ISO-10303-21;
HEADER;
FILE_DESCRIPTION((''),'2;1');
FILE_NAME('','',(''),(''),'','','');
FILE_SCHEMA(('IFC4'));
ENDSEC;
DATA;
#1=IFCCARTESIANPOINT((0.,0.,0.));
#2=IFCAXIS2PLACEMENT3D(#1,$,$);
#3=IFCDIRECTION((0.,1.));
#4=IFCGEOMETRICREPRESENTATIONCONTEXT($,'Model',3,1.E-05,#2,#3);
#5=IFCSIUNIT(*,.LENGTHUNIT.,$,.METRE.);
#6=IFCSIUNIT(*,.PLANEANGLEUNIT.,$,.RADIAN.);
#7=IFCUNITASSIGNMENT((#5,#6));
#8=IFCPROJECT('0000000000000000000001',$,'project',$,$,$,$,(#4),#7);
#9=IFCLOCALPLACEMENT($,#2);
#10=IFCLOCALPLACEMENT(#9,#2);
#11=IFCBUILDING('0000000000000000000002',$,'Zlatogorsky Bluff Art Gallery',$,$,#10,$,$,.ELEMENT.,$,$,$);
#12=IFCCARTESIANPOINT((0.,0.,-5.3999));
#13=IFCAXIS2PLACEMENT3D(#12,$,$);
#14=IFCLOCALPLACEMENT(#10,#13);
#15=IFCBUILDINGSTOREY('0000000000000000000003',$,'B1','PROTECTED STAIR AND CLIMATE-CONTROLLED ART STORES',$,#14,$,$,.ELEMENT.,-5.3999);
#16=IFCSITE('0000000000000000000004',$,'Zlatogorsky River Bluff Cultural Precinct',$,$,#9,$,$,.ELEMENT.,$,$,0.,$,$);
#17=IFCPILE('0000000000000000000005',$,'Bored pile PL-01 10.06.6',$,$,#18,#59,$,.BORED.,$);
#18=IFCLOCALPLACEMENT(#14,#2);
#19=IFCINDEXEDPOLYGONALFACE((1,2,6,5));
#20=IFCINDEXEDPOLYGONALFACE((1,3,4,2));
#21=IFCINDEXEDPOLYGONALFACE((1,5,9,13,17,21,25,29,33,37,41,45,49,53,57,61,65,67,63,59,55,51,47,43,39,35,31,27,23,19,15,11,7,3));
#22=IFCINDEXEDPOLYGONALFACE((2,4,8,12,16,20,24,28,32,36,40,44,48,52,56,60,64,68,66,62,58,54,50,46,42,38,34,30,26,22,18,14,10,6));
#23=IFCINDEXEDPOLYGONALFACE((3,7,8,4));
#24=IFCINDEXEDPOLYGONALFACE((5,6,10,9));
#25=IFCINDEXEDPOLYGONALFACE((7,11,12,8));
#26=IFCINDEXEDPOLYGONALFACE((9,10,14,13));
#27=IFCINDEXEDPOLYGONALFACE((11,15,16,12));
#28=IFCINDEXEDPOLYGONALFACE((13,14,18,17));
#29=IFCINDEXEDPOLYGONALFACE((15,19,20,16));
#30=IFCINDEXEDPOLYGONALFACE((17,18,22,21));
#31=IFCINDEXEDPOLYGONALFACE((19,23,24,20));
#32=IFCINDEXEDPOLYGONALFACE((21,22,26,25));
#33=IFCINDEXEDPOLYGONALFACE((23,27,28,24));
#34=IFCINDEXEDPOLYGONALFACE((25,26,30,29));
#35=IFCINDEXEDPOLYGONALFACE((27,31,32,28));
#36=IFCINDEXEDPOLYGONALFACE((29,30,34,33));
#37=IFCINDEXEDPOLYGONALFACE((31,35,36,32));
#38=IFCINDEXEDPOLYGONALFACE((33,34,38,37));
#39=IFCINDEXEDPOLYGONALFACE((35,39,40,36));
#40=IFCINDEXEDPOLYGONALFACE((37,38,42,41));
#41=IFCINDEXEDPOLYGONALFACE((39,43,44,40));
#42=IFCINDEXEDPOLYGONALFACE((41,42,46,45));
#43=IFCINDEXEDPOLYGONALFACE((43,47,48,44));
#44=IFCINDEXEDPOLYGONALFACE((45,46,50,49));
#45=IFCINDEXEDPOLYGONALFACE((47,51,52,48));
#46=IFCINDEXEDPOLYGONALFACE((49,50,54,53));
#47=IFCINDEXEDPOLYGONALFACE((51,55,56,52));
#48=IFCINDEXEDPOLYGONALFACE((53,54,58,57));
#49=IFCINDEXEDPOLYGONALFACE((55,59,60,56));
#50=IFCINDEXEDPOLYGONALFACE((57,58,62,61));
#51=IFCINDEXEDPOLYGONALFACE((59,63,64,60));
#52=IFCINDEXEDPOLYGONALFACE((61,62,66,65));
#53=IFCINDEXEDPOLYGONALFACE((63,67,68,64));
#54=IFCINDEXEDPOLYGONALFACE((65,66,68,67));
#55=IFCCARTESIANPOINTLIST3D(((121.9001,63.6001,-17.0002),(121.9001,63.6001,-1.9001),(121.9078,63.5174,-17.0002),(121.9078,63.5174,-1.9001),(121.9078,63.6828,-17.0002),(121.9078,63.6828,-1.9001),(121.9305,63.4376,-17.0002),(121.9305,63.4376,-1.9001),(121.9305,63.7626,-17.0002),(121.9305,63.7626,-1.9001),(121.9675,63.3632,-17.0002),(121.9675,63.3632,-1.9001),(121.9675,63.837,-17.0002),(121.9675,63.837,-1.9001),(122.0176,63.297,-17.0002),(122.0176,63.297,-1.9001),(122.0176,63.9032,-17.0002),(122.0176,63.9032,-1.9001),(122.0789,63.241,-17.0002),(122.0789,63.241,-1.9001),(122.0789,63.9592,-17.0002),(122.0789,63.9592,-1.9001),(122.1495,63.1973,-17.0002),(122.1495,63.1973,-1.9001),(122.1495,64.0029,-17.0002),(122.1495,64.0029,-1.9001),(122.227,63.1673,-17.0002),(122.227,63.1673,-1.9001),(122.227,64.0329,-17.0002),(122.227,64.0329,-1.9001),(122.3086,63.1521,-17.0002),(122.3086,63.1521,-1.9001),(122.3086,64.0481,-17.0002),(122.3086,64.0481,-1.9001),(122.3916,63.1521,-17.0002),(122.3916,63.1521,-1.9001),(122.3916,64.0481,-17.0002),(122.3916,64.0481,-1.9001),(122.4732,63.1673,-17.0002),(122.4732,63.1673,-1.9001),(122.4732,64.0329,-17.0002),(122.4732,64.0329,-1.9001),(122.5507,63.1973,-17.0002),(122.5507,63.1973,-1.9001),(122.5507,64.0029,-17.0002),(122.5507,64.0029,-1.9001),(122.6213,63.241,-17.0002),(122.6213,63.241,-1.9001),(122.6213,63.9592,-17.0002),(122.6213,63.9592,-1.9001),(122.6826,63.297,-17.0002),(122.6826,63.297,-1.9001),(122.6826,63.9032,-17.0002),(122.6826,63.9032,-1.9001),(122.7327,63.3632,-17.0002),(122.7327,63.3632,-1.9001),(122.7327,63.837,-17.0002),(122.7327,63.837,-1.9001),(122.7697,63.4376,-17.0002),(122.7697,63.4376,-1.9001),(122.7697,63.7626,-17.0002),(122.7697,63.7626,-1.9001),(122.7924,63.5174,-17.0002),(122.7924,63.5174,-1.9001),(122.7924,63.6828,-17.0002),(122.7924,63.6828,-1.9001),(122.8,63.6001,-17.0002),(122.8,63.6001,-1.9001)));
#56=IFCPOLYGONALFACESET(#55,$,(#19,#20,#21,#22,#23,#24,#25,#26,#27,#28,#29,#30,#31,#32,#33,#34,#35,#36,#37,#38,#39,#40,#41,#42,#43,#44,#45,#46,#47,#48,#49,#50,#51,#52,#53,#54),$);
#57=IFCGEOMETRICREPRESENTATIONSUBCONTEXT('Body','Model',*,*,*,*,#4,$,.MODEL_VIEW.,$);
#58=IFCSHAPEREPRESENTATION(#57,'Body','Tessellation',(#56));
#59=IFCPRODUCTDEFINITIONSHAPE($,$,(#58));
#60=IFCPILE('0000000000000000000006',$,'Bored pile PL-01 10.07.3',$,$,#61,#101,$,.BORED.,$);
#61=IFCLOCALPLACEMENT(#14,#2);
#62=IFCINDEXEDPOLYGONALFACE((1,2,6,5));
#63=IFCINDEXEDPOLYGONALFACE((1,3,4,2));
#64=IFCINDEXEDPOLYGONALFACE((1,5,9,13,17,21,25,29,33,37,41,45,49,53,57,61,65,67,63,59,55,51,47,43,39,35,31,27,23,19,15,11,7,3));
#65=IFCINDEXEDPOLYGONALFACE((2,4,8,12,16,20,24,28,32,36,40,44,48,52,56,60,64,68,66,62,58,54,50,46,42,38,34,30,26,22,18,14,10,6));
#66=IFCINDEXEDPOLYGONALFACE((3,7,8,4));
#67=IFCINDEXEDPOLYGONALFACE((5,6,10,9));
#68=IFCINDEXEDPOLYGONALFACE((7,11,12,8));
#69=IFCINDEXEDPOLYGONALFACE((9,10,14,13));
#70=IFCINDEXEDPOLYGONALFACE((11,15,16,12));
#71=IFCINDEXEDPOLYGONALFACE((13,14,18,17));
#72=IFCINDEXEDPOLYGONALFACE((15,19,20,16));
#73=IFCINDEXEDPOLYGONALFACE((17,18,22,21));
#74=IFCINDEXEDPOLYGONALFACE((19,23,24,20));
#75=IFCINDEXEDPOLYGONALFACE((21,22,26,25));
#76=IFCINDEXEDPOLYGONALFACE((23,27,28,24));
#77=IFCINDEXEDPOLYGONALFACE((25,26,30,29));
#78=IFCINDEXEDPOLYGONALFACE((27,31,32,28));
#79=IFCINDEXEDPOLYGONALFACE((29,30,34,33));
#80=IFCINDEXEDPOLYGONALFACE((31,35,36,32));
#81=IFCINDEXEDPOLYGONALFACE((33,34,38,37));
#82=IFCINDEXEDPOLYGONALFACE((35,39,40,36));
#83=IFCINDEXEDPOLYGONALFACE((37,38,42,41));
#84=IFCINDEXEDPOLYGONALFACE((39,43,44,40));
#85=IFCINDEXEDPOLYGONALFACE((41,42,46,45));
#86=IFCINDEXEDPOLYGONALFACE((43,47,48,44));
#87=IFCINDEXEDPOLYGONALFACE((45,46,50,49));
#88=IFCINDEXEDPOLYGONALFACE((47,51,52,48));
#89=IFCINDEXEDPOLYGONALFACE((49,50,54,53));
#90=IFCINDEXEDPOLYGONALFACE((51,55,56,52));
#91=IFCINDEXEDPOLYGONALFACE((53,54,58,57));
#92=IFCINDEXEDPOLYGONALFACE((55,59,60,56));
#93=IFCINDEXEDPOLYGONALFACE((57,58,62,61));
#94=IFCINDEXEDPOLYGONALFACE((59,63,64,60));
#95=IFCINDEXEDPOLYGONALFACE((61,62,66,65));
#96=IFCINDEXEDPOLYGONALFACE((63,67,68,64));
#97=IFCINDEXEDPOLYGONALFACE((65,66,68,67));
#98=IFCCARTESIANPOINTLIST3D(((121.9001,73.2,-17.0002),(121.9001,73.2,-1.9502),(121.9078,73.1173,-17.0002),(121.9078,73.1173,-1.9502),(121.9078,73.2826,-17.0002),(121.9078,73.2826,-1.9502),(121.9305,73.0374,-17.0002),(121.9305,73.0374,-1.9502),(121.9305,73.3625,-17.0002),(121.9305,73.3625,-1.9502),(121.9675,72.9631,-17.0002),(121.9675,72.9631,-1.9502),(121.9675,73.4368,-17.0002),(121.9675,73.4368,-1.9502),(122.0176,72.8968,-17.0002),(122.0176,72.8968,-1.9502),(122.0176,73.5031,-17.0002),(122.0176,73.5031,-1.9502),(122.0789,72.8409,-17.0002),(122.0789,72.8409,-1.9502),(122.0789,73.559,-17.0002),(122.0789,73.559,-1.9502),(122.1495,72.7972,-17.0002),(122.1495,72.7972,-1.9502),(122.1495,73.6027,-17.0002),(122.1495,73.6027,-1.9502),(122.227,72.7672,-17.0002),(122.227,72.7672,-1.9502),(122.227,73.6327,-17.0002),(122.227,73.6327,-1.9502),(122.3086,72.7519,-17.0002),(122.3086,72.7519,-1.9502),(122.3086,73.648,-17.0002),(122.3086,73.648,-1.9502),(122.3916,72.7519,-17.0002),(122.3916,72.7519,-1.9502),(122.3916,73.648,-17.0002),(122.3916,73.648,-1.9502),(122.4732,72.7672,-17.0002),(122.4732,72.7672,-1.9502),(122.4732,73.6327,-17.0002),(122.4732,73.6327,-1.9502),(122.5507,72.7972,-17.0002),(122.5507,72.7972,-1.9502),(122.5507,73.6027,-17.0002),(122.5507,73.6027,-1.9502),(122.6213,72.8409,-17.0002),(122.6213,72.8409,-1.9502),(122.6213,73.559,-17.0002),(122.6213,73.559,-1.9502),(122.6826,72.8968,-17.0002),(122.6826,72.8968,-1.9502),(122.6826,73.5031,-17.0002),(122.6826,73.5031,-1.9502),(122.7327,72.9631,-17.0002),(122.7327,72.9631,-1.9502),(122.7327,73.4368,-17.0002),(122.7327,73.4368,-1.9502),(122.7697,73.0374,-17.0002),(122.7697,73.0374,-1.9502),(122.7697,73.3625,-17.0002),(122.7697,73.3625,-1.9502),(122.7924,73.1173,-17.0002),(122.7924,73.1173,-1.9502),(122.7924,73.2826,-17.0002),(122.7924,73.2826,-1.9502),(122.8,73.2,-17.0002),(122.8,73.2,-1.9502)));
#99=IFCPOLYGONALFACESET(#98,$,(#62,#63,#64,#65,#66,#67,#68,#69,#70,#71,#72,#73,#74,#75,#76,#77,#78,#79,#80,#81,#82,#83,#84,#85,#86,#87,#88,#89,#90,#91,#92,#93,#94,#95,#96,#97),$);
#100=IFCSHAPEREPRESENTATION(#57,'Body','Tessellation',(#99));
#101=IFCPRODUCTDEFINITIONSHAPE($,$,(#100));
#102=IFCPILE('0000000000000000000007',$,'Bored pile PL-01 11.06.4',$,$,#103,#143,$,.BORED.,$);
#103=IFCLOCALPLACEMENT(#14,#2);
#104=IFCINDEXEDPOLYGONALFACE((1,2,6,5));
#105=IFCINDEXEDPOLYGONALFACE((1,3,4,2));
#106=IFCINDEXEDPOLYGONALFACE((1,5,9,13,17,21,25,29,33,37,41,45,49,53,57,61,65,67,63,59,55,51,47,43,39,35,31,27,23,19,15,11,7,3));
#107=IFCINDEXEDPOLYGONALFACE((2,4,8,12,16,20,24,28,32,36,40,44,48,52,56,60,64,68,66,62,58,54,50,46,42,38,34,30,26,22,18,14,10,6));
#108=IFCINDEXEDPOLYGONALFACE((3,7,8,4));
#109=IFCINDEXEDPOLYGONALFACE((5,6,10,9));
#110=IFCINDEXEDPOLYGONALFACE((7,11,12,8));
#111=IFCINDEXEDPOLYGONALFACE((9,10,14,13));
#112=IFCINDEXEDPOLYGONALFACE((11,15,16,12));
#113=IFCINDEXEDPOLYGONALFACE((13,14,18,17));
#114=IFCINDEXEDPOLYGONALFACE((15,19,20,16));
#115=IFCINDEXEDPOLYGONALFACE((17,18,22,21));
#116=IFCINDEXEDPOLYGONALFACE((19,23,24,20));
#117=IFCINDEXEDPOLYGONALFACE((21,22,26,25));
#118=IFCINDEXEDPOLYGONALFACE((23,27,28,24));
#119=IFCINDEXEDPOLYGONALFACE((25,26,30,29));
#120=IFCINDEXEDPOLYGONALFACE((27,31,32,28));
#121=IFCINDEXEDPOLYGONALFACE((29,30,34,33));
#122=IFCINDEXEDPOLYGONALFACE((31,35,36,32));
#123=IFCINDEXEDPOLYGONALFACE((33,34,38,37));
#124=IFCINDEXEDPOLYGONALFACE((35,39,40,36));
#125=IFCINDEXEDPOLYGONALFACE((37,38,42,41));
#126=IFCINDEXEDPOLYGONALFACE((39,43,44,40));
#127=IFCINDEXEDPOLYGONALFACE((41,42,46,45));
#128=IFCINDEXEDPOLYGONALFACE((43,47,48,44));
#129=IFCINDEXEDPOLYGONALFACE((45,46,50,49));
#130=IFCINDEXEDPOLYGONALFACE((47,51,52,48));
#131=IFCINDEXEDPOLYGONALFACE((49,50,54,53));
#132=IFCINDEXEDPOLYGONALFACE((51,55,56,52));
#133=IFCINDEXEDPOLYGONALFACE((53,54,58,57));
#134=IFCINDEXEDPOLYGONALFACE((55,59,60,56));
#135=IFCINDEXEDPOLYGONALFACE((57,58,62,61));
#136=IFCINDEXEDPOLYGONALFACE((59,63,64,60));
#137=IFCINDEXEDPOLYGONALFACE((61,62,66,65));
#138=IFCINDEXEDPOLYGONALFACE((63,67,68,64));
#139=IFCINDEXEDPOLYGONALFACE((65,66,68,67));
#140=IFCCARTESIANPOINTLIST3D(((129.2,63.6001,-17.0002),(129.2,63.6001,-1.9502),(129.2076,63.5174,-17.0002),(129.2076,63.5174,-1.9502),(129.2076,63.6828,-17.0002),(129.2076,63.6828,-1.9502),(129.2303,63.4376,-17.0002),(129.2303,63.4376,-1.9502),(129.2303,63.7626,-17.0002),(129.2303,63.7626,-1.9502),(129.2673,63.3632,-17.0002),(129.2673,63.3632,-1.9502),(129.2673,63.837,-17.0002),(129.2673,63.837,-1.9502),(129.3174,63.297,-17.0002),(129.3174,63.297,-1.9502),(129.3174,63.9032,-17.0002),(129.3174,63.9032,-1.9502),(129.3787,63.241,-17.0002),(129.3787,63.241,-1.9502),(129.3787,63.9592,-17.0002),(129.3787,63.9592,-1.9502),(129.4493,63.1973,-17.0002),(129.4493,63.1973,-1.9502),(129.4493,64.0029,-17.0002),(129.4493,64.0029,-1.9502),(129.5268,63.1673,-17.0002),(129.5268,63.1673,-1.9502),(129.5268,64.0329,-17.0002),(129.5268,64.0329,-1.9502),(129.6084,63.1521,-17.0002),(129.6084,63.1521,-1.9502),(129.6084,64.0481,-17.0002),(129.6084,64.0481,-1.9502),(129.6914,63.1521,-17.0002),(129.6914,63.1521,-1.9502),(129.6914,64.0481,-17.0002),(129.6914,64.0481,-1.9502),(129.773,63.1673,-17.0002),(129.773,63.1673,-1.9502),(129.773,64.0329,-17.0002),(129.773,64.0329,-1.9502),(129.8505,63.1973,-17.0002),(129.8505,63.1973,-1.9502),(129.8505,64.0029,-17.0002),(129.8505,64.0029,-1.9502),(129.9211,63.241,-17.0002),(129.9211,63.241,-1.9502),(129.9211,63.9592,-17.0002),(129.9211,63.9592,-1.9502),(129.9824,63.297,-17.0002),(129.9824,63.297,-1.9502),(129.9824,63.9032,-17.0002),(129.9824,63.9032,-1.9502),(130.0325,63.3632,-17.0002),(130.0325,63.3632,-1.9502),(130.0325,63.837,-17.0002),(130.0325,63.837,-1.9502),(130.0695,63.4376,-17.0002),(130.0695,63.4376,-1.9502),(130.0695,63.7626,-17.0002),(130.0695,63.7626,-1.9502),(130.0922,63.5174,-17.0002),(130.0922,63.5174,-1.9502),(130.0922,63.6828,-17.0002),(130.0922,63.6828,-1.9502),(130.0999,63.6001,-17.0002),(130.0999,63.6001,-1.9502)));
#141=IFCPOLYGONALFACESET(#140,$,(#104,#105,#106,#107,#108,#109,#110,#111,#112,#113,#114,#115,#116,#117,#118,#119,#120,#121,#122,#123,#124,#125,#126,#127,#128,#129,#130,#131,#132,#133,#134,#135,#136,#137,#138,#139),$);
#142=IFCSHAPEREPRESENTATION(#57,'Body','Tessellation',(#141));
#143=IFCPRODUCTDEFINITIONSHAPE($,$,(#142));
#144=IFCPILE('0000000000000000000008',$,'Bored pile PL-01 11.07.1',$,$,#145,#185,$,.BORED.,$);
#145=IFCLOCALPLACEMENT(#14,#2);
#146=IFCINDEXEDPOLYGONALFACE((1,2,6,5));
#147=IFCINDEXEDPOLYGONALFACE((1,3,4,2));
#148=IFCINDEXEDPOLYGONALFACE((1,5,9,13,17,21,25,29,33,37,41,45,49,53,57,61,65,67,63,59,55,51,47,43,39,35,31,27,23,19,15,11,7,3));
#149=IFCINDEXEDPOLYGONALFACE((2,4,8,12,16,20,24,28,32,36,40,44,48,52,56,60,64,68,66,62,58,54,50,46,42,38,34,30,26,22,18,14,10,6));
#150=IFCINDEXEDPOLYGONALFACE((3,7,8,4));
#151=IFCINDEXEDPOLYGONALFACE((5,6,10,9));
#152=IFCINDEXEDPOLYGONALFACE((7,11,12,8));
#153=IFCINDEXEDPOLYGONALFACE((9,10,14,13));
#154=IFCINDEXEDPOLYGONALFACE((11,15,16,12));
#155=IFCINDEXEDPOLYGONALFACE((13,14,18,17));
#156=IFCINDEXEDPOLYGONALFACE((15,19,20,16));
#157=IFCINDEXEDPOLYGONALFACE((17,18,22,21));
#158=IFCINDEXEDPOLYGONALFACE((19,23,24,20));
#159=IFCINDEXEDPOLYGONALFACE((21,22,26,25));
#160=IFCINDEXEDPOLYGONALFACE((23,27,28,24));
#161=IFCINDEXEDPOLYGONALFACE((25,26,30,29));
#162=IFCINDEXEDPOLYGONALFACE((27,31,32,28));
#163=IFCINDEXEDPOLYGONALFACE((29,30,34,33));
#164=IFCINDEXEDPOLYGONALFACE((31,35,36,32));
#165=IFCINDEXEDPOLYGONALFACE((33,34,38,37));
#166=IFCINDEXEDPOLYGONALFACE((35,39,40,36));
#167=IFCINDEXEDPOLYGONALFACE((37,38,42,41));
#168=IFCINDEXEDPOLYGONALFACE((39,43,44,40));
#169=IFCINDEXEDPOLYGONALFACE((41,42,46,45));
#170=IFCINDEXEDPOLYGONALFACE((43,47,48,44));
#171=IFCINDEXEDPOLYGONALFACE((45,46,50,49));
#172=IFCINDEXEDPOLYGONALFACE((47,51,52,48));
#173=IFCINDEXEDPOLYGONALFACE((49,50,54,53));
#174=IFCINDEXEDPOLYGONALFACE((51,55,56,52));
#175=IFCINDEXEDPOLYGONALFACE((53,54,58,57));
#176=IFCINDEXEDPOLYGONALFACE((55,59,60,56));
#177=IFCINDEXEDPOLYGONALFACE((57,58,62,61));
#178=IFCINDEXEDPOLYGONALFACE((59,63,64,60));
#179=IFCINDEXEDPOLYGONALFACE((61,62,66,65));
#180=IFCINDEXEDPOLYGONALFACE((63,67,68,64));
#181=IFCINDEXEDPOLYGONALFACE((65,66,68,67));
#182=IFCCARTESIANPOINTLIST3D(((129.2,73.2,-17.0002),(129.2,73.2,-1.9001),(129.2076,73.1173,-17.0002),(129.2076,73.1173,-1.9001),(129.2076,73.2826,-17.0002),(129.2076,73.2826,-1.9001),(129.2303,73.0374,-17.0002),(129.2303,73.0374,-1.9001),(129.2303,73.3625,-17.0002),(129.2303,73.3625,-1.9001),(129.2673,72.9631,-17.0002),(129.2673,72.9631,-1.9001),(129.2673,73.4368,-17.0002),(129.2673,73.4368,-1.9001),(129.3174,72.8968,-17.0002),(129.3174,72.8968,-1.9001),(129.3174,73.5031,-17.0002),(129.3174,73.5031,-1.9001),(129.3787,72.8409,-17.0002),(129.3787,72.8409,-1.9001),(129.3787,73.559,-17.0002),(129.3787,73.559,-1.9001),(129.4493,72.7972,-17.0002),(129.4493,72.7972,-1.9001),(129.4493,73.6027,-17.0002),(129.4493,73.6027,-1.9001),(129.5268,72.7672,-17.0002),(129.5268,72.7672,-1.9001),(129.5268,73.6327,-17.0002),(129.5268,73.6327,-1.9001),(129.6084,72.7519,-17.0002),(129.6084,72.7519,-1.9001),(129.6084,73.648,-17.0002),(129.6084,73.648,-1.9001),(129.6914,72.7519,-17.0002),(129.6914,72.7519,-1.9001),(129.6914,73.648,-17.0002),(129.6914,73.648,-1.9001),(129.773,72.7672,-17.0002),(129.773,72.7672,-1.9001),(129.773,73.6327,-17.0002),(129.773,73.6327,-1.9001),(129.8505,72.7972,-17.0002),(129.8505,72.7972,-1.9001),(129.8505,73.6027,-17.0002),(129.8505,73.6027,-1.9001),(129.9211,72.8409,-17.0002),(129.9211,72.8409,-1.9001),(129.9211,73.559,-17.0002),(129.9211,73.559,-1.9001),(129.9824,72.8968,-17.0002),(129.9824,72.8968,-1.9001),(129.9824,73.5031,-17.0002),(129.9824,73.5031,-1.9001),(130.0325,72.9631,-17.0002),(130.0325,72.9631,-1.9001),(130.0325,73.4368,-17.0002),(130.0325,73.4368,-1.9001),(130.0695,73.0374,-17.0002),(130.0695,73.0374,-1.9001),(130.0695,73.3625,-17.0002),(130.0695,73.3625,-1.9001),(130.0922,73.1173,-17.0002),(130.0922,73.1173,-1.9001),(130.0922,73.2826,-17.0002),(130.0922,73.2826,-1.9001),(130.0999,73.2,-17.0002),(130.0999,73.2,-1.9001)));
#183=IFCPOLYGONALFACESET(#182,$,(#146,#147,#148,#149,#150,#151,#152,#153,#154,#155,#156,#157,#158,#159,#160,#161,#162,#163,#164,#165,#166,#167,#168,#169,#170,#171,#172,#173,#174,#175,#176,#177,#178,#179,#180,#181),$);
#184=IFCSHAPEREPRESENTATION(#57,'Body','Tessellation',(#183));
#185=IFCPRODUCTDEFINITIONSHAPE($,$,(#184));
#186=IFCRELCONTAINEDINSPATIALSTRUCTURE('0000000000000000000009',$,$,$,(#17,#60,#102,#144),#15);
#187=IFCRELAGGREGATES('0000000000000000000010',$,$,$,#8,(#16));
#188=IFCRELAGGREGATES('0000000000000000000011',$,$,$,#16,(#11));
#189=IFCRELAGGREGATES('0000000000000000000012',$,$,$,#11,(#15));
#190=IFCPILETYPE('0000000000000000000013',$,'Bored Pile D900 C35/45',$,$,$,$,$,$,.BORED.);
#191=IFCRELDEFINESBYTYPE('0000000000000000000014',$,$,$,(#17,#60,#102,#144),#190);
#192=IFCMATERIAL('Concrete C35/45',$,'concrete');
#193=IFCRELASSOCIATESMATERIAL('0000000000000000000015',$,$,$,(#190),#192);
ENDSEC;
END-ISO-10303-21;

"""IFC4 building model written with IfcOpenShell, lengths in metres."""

from ifc_helpers import new_model, si_unit, direction, frame, origin, origin_2d, place, context, subcontext, project, spatial, circle, extrude, material, material_profile, profile_set, type_object, element, save


model = new_model("IFC4")

# Units and contexts
model_context = context("Model", 3, precision=1e-05, world=origin(), true_north=direction((0.0, 1.0)))
body_context = subcontext(model_context, "Body", "Model", "MODEL_VIEW")
ifc_project = project(units=[si_unit("LENGTHUNIT", "METRE"), si_unit("PLANEANGLEUNIT", "RADIAN")], contexts=[model_context])

# Site, building, storey
site_placement = place(None, origin())
site = spatial("IfcSite", under=ifc_project, at=site_placement, Name="Zlatogorsky River Bluff Cultural Precinct", CompositionType="ELEMENT", RefElevation=0.0)
building_placement = place(site_placement, origin())
building = spatial("IfcBuilding", under=site, at=building_placement, Name="Zlatogorsky Bluff Art Gallery", CompositionType="ELEMENT")
storey_placement = place(building_placement, frame((0.0, 0.0, -5.3999)))
storey = spatial("IfcBuildingStorey", under=building, at=storey_placement, Name="B1", Description="PROTECTED STAIR AND CLIMATE-CONTROLLED ART STORES", CompositionType="ELEMENT", Elevation=-5.3999)

# Piles
ifc_material_1 = material(Name="Concrete C35/45", Category="concrete")
ifc_material_profile_1 = material_profile(ifc_material_1, circle(Radius=0.45, at=origin_2d()), Name="BORED PILE D900")
ifc_profile_set_1 = profile_set([ifc_material_profile_1], Name="Concrete C35/45")
pile_type = type_object("IfcPileType", Name="Bored Pile D900 C35/45", PredefinedType="BORED", material=ifc_profile_set_1)
pile_1_placement = place(storey_placement, frame((122.3501, 63.6001, -1.9001), z_axis=(0.0, 0.0, -1.0), x_axis=(1.0, 0.0, 0.0)))
element("IfcPile", 1, at=pile_1_placement, inside=storey, type_object=pile_type, Name="Bored pile PL-01 10.06.6", PredefinedType="BORED", context=body_context, shape_type="SweptSolid", body=[
    extrude(circle(Radius=0.45, at=origin_2d()), origin(), (0.0, 0.0, 1.0), 15.1001),
])
for number, where, z_axis, x_axis, name in (
    (2, (122.3501, 73.2, -1.9502), (0.0, 0.0, -1.0), (1.0, 0.0, 0.0), "Bored pile PL-01 10.07.3"),
    (3, (129.6499, 63.6001, -1.9502), (0.0, 0.0, -1.0), (1.0, 0.0, 0.0), "Bored pile PL-01 11.06.4"),
):
    element("IfcPile", number, at=place(storey_placement, frame(where, z_axis=z_axis, x_axis=x_axis)), inside=storey, type_object=pile_type, Name=name, PredefinedType="BORED", context=body_context, shape_type="SweptSolid", body=[
        extrude(circle(Radius=0.45, at=origin_2d()), origin(), (0.0, 0.0, 1.0), 15.05),
    ])
pile_2_placement = place(storey_placement, frame((129.6499, 73.2, -1.9001), z_axis=(0.0, 0.0, -1.0), x_axis=(1.0, 0.0, 0.0)))
element("IfcPile", 4, at=pile_2_placement, inside=storey, type_object=pile_type, Name="Bored pile PL-01 11.07.1", PredefinedType="BORED", context=body_context, shape_type="SweptSolid", body=[
    extrude(circle(Radius=0.45, at=origin_2d()), origin(), (0.0, 0.0, 1.0), 15.1001),
])

save(model, "model.ifc")
